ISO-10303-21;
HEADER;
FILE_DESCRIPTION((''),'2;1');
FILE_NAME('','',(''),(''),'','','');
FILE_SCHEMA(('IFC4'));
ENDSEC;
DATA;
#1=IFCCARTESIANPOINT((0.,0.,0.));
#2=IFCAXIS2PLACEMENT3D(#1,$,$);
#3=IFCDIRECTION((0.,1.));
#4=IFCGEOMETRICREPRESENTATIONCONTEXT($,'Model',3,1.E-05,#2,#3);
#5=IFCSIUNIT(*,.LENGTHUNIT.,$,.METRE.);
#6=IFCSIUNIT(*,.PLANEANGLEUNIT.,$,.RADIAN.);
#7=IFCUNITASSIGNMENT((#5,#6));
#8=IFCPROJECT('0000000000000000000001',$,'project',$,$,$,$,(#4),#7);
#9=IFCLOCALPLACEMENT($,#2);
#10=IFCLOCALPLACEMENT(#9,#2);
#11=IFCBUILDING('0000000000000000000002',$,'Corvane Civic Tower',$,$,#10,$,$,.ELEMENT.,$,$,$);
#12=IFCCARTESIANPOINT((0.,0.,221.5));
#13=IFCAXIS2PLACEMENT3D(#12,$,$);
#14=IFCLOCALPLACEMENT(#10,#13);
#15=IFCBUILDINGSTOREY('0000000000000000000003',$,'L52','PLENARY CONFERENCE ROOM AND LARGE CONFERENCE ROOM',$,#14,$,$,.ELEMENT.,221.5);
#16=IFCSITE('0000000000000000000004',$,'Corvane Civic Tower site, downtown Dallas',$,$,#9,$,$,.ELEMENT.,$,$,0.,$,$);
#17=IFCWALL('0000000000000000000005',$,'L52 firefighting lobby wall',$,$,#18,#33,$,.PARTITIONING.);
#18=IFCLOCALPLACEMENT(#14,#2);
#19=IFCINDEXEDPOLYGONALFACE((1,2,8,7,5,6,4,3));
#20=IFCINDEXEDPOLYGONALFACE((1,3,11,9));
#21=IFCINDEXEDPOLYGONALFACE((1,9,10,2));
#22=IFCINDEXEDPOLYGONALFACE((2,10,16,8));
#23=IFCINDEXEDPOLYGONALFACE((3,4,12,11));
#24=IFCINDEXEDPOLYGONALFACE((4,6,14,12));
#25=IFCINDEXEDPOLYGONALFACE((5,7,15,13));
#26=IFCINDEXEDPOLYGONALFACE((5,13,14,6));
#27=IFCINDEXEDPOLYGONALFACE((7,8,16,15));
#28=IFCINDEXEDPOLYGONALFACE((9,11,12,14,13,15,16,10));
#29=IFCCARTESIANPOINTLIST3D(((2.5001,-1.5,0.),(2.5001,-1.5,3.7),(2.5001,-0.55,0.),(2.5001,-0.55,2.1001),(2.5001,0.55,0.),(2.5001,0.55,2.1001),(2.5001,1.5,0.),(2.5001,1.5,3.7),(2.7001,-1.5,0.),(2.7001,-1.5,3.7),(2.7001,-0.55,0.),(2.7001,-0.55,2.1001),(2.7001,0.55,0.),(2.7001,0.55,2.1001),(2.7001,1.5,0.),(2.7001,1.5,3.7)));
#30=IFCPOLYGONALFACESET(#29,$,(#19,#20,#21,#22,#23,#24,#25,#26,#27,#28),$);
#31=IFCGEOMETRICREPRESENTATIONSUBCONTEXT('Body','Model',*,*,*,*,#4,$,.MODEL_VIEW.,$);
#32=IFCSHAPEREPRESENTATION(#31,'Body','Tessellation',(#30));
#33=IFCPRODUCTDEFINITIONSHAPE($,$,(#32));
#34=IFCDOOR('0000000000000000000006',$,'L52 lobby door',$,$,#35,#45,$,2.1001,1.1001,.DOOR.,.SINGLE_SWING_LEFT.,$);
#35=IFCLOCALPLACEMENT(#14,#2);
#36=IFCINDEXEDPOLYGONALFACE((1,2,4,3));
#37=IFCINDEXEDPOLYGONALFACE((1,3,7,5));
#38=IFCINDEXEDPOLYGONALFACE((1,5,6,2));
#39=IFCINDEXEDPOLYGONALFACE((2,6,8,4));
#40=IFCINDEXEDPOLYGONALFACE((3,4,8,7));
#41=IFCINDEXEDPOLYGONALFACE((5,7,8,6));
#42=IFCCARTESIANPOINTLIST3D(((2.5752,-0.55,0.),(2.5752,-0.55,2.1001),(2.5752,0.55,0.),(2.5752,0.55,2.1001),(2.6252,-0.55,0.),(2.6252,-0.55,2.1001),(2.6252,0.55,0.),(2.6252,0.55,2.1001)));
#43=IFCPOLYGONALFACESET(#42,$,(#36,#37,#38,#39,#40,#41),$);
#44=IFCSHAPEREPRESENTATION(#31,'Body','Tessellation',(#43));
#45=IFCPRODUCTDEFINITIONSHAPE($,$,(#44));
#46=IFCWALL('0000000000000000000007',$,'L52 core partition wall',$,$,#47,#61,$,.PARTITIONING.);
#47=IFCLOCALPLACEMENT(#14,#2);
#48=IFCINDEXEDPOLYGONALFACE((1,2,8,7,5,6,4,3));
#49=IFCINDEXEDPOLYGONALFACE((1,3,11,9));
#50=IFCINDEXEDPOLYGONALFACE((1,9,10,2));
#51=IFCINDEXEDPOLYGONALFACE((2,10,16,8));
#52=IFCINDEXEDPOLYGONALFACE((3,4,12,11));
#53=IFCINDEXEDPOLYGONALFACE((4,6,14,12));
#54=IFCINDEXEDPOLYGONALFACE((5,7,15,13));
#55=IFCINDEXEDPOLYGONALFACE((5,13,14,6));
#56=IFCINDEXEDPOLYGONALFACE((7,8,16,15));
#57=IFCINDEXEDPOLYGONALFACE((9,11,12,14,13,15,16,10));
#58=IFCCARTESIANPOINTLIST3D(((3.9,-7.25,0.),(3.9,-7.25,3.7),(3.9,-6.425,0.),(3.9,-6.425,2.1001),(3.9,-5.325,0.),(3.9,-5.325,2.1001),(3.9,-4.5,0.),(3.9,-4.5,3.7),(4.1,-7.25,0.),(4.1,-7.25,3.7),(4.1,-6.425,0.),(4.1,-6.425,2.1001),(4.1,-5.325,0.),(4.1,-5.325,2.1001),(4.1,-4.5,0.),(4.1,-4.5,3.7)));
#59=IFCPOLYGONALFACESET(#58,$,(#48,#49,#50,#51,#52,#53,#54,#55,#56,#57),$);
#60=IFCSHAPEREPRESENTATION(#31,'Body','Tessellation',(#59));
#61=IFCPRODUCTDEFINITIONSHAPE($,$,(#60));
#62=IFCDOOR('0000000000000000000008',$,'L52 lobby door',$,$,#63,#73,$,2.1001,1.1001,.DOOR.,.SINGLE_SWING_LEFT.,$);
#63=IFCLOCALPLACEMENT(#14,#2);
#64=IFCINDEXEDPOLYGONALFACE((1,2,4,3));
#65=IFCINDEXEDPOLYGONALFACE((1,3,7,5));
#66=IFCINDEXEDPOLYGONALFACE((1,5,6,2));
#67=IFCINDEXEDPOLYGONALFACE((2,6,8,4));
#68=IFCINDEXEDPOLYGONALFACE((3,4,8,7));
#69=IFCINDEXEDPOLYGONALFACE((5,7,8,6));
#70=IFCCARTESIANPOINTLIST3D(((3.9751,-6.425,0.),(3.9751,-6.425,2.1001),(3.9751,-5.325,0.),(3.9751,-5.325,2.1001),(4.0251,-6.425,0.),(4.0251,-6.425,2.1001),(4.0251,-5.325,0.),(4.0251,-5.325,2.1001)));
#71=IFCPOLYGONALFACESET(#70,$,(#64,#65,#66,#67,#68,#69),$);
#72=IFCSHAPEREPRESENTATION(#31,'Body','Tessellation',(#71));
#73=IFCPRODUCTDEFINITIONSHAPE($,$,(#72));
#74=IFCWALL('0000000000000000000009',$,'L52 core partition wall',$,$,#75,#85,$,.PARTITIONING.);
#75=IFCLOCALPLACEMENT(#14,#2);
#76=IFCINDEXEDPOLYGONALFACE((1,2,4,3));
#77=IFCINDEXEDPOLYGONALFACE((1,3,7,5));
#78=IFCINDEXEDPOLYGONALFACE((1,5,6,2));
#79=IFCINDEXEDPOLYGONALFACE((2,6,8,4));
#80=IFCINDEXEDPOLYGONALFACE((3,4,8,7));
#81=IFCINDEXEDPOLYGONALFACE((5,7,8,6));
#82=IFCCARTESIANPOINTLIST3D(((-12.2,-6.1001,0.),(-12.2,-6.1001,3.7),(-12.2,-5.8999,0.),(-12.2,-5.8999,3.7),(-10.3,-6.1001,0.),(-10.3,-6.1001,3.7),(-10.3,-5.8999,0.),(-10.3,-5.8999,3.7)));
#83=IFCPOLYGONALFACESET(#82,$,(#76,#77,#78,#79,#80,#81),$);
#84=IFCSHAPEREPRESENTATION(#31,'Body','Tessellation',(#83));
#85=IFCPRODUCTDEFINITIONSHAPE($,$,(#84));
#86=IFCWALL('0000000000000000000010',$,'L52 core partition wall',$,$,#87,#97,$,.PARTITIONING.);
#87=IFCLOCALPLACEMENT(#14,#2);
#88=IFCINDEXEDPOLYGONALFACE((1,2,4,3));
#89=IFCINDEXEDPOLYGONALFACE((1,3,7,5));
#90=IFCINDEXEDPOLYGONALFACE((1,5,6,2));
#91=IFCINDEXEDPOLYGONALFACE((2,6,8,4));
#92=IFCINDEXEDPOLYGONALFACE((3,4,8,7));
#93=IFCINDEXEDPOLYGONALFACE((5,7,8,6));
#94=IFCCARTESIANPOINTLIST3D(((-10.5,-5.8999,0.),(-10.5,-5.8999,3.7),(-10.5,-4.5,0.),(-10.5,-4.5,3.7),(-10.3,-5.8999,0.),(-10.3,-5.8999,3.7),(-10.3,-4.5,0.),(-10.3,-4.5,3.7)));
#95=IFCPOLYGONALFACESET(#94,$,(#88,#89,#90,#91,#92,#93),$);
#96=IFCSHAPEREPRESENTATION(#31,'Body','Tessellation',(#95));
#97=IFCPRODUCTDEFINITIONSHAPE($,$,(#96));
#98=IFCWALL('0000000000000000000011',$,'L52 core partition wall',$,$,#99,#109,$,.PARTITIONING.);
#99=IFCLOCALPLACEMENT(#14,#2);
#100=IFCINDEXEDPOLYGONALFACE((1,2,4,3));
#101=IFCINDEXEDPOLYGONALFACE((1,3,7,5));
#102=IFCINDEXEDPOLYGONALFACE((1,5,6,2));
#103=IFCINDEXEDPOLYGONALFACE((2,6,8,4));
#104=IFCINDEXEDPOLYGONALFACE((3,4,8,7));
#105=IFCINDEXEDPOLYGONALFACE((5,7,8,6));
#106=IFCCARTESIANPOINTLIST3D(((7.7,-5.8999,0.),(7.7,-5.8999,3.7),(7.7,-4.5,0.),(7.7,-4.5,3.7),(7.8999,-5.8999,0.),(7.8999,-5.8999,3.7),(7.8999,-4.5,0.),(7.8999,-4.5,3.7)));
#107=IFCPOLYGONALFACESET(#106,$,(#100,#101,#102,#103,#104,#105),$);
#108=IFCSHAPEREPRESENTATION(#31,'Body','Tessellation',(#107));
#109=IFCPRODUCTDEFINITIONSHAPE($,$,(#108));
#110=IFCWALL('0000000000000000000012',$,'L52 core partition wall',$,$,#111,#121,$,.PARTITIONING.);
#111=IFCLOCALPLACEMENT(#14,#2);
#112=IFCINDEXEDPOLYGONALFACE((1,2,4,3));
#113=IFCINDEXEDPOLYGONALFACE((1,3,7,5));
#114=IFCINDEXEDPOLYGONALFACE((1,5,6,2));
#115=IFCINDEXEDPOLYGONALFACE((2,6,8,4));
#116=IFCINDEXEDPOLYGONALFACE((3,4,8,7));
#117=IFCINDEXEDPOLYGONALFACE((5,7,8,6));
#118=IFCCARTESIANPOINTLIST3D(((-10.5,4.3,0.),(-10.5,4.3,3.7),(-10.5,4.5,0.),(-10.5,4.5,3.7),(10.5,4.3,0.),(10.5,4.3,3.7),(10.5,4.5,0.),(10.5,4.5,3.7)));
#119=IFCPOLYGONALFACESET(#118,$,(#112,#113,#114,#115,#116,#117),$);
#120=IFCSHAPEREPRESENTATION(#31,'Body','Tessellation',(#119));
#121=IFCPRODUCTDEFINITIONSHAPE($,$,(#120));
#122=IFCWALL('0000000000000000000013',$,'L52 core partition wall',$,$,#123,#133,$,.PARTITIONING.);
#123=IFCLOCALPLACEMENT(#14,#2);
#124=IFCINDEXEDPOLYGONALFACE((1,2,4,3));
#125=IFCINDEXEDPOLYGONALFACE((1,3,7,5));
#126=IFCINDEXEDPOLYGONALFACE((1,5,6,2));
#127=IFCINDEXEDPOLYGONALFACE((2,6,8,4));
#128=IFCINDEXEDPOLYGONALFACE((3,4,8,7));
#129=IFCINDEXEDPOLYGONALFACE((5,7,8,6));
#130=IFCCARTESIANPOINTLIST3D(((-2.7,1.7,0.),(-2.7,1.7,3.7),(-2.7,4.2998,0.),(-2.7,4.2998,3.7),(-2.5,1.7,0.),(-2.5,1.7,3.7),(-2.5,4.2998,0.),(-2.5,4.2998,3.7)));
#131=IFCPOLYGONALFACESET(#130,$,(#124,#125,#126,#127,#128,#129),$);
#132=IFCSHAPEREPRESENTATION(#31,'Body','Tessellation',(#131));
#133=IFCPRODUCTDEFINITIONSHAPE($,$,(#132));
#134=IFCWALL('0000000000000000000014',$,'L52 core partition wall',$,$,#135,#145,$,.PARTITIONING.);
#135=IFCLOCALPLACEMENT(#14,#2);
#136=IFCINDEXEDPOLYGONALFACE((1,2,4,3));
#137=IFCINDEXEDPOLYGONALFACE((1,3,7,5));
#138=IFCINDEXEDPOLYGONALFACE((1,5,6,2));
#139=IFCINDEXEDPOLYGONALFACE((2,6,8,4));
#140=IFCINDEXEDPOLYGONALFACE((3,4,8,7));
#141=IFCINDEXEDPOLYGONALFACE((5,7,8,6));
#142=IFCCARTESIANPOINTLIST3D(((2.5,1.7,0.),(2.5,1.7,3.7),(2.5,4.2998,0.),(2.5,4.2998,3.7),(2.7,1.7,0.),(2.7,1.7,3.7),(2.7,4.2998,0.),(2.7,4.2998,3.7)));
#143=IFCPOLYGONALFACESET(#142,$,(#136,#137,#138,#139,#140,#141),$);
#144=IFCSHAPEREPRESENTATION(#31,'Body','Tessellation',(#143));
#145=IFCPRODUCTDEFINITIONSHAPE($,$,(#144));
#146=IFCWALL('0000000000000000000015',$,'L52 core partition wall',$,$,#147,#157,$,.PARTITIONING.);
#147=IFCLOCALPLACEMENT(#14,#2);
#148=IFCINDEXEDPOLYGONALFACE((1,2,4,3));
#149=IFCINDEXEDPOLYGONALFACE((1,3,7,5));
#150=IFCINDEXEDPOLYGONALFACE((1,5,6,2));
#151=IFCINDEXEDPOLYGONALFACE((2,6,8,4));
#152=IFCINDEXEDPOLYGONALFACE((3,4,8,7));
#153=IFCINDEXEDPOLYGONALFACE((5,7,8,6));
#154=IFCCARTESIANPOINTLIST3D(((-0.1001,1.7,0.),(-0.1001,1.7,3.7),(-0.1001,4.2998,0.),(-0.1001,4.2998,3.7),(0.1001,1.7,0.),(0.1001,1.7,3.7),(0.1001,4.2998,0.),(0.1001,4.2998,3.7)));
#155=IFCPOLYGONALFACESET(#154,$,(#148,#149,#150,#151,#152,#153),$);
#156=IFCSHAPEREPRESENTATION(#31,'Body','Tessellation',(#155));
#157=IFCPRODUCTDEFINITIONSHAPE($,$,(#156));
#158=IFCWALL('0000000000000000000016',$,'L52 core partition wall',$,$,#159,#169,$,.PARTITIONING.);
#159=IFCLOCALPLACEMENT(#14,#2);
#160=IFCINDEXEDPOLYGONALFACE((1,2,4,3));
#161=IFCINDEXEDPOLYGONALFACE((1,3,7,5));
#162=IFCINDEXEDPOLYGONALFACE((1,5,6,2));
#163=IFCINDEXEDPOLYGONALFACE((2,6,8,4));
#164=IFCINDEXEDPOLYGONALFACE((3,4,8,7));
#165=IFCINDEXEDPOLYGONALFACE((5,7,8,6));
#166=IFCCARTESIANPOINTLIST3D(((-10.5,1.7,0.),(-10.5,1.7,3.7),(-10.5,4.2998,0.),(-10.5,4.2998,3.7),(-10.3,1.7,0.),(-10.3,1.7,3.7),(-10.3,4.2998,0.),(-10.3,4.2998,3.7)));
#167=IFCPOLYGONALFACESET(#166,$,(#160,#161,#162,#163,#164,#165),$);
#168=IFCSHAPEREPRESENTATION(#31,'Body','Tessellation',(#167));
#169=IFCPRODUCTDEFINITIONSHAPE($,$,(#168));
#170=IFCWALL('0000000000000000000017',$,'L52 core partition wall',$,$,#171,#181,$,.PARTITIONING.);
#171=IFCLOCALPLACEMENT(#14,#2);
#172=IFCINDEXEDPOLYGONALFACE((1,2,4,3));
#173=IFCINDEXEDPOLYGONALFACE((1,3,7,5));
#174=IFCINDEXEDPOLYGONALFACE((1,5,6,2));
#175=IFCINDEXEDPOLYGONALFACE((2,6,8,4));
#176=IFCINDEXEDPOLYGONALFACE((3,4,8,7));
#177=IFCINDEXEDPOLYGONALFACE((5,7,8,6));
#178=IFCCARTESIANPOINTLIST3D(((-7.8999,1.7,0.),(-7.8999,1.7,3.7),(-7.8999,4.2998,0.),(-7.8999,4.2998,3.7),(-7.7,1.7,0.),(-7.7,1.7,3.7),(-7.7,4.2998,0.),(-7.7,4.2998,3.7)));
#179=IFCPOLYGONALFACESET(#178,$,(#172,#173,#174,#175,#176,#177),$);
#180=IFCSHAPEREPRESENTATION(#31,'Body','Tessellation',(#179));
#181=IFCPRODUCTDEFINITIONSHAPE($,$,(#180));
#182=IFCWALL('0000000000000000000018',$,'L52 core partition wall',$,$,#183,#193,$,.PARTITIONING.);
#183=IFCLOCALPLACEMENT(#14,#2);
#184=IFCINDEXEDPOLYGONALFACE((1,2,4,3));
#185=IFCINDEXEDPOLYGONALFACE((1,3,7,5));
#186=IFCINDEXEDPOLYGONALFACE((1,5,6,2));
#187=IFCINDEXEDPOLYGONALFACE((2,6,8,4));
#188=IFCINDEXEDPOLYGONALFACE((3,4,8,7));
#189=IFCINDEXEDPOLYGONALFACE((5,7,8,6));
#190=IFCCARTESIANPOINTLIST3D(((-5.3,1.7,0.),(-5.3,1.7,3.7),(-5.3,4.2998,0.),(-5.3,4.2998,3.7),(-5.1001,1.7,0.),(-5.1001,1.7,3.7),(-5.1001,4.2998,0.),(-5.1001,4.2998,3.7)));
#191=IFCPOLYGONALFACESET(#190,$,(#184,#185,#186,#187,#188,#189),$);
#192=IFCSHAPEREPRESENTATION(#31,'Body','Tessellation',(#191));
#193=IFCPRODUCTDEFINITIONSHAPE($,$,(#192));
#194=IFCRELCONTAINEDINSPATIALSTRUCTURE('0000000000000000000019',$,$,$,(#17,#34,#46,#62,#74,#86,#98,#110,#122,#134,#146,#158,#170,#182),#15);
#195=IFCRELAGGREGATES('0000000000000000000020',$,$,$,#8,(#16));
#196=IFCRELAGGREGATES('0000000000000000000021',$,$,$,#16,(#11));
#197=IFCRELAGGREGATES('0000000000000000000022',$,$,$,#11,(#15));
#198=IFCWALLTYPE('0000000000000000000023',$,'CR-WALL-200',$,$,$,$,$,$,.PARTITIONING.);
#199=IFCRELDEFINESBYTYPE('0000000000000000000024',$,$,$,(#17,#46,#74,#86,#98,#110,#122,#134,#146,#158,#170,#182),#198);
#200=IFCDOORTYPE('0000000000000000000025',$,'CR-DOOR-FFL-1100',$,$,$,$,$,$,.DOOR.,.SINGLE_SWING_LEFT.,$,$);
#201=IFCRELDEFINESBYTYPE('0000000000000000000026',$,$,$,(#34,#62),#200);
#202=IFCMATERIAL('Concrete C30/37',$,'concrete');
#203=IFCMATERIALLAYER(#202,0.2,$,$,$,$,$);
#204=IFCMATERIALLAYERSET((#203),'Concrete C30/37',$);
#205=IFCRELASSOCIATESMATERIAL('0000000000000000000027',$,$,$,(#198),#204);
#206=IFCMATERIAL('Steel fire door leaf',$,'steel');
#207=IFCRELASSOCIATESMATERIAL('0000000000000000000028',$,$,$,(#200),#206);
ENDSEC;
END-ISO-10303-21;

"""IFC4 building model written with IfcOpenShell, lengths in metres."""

from ifc_helpers import new_model, si_unit, direction, frame, frame_2d, origin, place, context, subcontext, project, spatial, polyline, rectangle, outline, extrude, material, layer, layer_set, type_object, element, fill, save


model = new_model("IFC4")

# Units and contexts
model_context = context("Model", 3, precision=1e-05, world=origin(), true_north=direction((0.0, 1.0)))
body_context = subcontext(model_context, "Body", "Model", "MODEL_VIEW")
ifc_project = project(units=[si_unit("LENGTHUNIT", "METRE"), si_unit("PLANEANGLEUNIT", "RADIAN")], contexts=[model_context])

# Site, building, storey
site_placement = place(None, origin())
site = spatial("IfcSite", under=ifc_project, at=site_placement, Name="Corvane Civic Tower site, downtown Dallas", CompositionType="ELEMENT", RefElevation=0.0)
building_placement = place(site_placement, origin())
building = spatial("IfcBuilding", under=site, at=building_placement, Name="Corvane Civic Tower", CompositionType="ELEMENT")
storey_placement = place(building_placement, frame((0.0, 0.0, 221.5)))
storey = spatial("IfcBuildingStorey", under=building, at=storey_placement, Name="L52", Description="PLENARY CONFERENCE ROOM AND LARGE CONFERENCE ROOM", CompositionType="ELEMENT", Elevation=221.5)

# Walls, openings, doors
ifc_material_1 = material(Name="Concrete C30/37", Category="concrete")
ifc_layer_1 = layer(ifc_material_1, 0.2)
ifc_layer_set_1 = layer_set([ifc_layer_1], Name="Concrete C30/37")
wall_type_1 = type_object("IfcWallType", Name="CR-WALL-200", PredefinedType="PARTITIONING", material=ifc_layer_set_1)
wall_1_placement = place(storey_placement, frame((2.6001, -1.5, 0.0), z_axis=(0.0, 0.0, 1.0), x_axis=(0.0, 1.0, 0.0)))
wall_1 = element("IfcWall", 1, at=wall_1_placement, inside=storey, type_object=wall_type_1, Name="L52 firefighting lobby wall", PredefinedType="PARTITIONING", context=body_context, shape_type="SweptSolid", body=[
    extrude(rectangle(XDim=3.0, YDim=0.2, at=frame_2d((1.5, 0.0))), origin(), (0.0, 0.0, 1.0), 3.7),
])
opening_1_placement = place(wall_1_placement, frame((0.95, 0.0, 0.0)))
opening_1 = element("IfcOpeningElement", 2, at=opening_1_placement, cuts=wall_1, PredefinedType="OPENING", context=body_context, shape_type="SweptSolid", body=[
    extrude(rectangle(XDim=1.1001, YDim=2.1001, at=frame_2d((0.55, 1.05))), frame((0.0, 0.1099, 0.0), z_axis=(0.0, -1.0, 0.0), x_axis=(1.0, 0.0, 0.0)), (0.0, 0.0, 1.0), 0.22),
])
ifc_material_2 = material(Name="Steel fire door leaf", Category="steel")
door_type_1 = type_object("IfcDoorType", Name="CR-DOOR-FFL-1100", OperationType="SINGLE_SWING_LEFT", PredefinedType="DOOR", material=ifc_material_2)
door_1_placement = place(opening_1_placement, origin())
door_1 = element("IfcDoor", 3, at=door_1_placement, inside=storey, type_object=door_type_1, Name="L52 lobby door", OperationType="SINGLE_SWING_LEFT", OverallHeight=2.1001, OverallWidth=1.1001, PredefinedType="DOOR", context=body_context, shape_type="SweptSolid", body=[
    extrude(rectangle(XDim=1.1001, YDim=2.1001, at=frame_2d((0.55, 1.05))), frame((0.0, 0.0249, 0.0), z_axis=(0.0, -1.0, 0.0), x_axis=(1.0, 0.0, 0.0)), (0.0, 0.0, 1.0), 0.05),
])
fill(opening_1, door_1)
wall_2_placement = place(storey_placement, frame((4.0, -7.25, 0.0), z_axis=(0.0, 0.0, 1.0), x_axis=(0.0, 1.0, 0.0)))
wall_2 = element("IfcWall", 4, at=wall_2_placement, inside=storey, type_object=wall_type_1, Name="L52 core partition wall", PredefinedType="PARTITIONING", context=body_context, shape_type="SweptSolid", body=[
    extrude(rectangle(XDim=2.75, YDim=0.2, at=frame_2d((1.375, 0.0))), origin(), (0.0, 0.0, 1.0), 3.7),
])
opening_2_placement = place(wall_2_placement, frame((0.825, 0.0, 0.0)))
opening_2 = element("IfcOpeningElement", 5, at=opening_2_placement, cuts=wall_2, PredefinedType="OPENING", context=body_context, shape_type="SweptSolid", body=[
    extrude(rectangle(XDim=1.1001, YDim=2.1001, at=frame_2d((0.55, 1.05))), frame((0.0, 0.1099, 0.0), z_axis=(0.0, -1.0, 0.0), x_axis=(1.0, 0.0, 0.0)), (0.0, 0.0, 1.0), 0.22),
])
door_2_placement = place(opening_2_placement, origin())
door_2 = element("IfcDoor", 6, at=door_2_placement, inside=storey, type_object=door_type_1, Name="L52 lobby door", OperationType="SINGLE_SWING_LEFT", OverallHeight=2.1001, OverallWidth=1.1001, PredefinedType="DOOR", context=body_context, shape_type="SweptSolid", body=[
    extrude(rectangle(XDim=1.1001, YDim=2.1001, at=frame_2d((0.55, 1.05))), frame((0.0, 0.0249, 0.0), z_axis=(0.0, -1.0, 0.0), x_axis=(1.0, 0.0, 0.0)), (0.0, 0.0, 1.0), 0.05),
])
fill(opening_2, door_2)

# Walls
wall_3_placement = place(storey_placement, origin())
element("IfcWall", 7, at=wall_3_placement, inside=storey, type_object=wall_type_1, Name="L52 core partition wall", PredefinedType="PARTITIONING", context=body_context, shape_type="SweptSolid", body=[
    extrude(outline(polyline([(-10.3, -6.1001), (-12.2, -6.1001), (-12.2, -5.8999), (-10.3, -5.8999), (-10.3, -6.1001)])), origin(), (0.0, 0.0, 1.0), 3.7),
])
wall_4_placement = place(storey_placement, origin())
element("IfcWall", 8, at=wall_4_placement, inside=storey, type_object=wall_type_1, Name="L52 core partition wall", PredefinedType="PARTITIONING", context=body_context, shape_type="SweptSolid", body=[
    extrude(outline(polyline([(-10.3, -5.8999), (-10.5, -5.8999), (-10.5, -4.5), (-10.3, -4.5), (-10.3, -5.8999)])), origin(), (0.0, 0.0, 1.0), 3.7),
])
wall_5_placement = place(storey_placement, origin())
element("IfcWall", 9, at=wall_5_placement, inside=storey, type_object=wall_type_1, Name="L52 core partition wall", PredefinedType="PARTITIONING", context=body_context, shape_type="SweptSolid", body=[
    extrude(outline(polyline([(7.8999, -5.8999), (7.7, -5.8999), (7.7, -4.5), (7.8999, -4.5), (7.8999, -5.8999)])), origin(), (0.0, 0.0, 1.0), 3.7),
])
wall_6_placement = place(storey_placement, origin())
element("IfcWall", 10, at=wall_6_placement, inside=storey, type_object=wall_type_1, Name="L52 core partition wall", PredefinedType="PARTITIONING", context=body_context, shape_type="SweptSolid", body=[
    extrude(outline(polyline([(10.5, 4.5), (10.5, 4.3), (-10.5, 4.3), (-10.5, 4.5), (10.5, 4.5)])), origin(), (0.0, 0.0, 1.0), 3.7),
])
wall_7_placement = place(storey_placement, origin())
element("IfcWall", 11, at=wall_7_placement, inside=storey, type_object=wall_type_1, Name="L52 core partition wall", PredefinedType="PARTITIONING", context=body_context, shape_type="SweptSolid", body=[
    extrude(outline(polyline([(-2.5, 1.7), (-2.7, 1.7), (-2.7, 4.2998), (-2.5, 4.2998), (-2.5, 1.7)])), origin(), (0.0, 0.0, 1.0), 3.7),
])
wall_8_placement = place(storey_placement, origin())
element("IfcWall", 12, at=wall_8_placement, inside=storey, type_object=wall_type_1, Name="L52 core partition wall", PredefinedType="PARTITIONING", context=body_context, shape_type="SweptSolid", body=[
    extrude(outline(polyline([(2.7, 1.7), (2.5, 1.7), (2.5, 4.2998), (2.7, 4.2998), (2.7, 1.7)])), origin(), (0.0, 0.0, 1.0), 3.7),
])
wall_9_placement = place(storey_placement, origin())
element("IfcWall", 13, at=wall_9_placement, inside=storey, type_object=wall_type_1, Name="L52 core partition wall", PredefinedType="PARTITIONING", context=body_context, shape_type="SweptSolid", body=[
    extrude(outline(polyline([(0.1001, 1.7), (-0.1001, 1.7), (-0.1001, 4.2998), (0.1001, 4.2998), (0.1001, 1.7)])), origin(), (0.0, 0.0, 1.0), 3.7),
])
wall_10_placement = place(storey_placement, origin())
element("IfcWall", 14, at=wall_10_placement, inside=storey, type_object=wall_type_1, Name="L52 core partition wall", PredefinedType="PARTITIONING", context=body_context, shape_type="SweptSolid", body=[
    extrude(outline(polyline([(-10.3, 1.7), (-10.5, 1.7), (-10.5, 4.2998), (-10.3, 4.2998), (-10.3, 1.7)])), origin(), (0.0, 0.0, 1.0), 3.7),
])
wall_11_placement = place(storey_placement, origin())
element("IfcWall", 15, at=wall_11_placement, inside=storey, type_object=wall_type_1, Name="L52 core partition wall", PredefinedType="PARTITIONING", context=body_context, shape_type="SweptSolid", body=[
    extrude(outline(polyline([(-7.7, 1.7), (-7.8999, 1.7), (-7.8999, 4.2998), (-7.7, 4.2998), (-7.7, 1.7)])), origin(), (0.0, 0.0, 1.0), 3.7),
])
wall_12_placement = place(storey_placement, origin())
element("IfcWall", 16, at=wall_12_placement, inside=storey, type_object=wall_type_1, Name="L52 core partition wall", PredefinedType="PARTITIONING", context=body_context, shape_type="SweptSolid", body=[
    extrude(outline(polyline([(-5.1001, 1.7), (-5.3, 1.7), (-5.3, 4.2998), (-5.1001, 4.2998), (-5.1001, 1.7)])), origin(), (0.0, 0.0, 1.0), 3.7),
])

save(model, "model.ifc")
